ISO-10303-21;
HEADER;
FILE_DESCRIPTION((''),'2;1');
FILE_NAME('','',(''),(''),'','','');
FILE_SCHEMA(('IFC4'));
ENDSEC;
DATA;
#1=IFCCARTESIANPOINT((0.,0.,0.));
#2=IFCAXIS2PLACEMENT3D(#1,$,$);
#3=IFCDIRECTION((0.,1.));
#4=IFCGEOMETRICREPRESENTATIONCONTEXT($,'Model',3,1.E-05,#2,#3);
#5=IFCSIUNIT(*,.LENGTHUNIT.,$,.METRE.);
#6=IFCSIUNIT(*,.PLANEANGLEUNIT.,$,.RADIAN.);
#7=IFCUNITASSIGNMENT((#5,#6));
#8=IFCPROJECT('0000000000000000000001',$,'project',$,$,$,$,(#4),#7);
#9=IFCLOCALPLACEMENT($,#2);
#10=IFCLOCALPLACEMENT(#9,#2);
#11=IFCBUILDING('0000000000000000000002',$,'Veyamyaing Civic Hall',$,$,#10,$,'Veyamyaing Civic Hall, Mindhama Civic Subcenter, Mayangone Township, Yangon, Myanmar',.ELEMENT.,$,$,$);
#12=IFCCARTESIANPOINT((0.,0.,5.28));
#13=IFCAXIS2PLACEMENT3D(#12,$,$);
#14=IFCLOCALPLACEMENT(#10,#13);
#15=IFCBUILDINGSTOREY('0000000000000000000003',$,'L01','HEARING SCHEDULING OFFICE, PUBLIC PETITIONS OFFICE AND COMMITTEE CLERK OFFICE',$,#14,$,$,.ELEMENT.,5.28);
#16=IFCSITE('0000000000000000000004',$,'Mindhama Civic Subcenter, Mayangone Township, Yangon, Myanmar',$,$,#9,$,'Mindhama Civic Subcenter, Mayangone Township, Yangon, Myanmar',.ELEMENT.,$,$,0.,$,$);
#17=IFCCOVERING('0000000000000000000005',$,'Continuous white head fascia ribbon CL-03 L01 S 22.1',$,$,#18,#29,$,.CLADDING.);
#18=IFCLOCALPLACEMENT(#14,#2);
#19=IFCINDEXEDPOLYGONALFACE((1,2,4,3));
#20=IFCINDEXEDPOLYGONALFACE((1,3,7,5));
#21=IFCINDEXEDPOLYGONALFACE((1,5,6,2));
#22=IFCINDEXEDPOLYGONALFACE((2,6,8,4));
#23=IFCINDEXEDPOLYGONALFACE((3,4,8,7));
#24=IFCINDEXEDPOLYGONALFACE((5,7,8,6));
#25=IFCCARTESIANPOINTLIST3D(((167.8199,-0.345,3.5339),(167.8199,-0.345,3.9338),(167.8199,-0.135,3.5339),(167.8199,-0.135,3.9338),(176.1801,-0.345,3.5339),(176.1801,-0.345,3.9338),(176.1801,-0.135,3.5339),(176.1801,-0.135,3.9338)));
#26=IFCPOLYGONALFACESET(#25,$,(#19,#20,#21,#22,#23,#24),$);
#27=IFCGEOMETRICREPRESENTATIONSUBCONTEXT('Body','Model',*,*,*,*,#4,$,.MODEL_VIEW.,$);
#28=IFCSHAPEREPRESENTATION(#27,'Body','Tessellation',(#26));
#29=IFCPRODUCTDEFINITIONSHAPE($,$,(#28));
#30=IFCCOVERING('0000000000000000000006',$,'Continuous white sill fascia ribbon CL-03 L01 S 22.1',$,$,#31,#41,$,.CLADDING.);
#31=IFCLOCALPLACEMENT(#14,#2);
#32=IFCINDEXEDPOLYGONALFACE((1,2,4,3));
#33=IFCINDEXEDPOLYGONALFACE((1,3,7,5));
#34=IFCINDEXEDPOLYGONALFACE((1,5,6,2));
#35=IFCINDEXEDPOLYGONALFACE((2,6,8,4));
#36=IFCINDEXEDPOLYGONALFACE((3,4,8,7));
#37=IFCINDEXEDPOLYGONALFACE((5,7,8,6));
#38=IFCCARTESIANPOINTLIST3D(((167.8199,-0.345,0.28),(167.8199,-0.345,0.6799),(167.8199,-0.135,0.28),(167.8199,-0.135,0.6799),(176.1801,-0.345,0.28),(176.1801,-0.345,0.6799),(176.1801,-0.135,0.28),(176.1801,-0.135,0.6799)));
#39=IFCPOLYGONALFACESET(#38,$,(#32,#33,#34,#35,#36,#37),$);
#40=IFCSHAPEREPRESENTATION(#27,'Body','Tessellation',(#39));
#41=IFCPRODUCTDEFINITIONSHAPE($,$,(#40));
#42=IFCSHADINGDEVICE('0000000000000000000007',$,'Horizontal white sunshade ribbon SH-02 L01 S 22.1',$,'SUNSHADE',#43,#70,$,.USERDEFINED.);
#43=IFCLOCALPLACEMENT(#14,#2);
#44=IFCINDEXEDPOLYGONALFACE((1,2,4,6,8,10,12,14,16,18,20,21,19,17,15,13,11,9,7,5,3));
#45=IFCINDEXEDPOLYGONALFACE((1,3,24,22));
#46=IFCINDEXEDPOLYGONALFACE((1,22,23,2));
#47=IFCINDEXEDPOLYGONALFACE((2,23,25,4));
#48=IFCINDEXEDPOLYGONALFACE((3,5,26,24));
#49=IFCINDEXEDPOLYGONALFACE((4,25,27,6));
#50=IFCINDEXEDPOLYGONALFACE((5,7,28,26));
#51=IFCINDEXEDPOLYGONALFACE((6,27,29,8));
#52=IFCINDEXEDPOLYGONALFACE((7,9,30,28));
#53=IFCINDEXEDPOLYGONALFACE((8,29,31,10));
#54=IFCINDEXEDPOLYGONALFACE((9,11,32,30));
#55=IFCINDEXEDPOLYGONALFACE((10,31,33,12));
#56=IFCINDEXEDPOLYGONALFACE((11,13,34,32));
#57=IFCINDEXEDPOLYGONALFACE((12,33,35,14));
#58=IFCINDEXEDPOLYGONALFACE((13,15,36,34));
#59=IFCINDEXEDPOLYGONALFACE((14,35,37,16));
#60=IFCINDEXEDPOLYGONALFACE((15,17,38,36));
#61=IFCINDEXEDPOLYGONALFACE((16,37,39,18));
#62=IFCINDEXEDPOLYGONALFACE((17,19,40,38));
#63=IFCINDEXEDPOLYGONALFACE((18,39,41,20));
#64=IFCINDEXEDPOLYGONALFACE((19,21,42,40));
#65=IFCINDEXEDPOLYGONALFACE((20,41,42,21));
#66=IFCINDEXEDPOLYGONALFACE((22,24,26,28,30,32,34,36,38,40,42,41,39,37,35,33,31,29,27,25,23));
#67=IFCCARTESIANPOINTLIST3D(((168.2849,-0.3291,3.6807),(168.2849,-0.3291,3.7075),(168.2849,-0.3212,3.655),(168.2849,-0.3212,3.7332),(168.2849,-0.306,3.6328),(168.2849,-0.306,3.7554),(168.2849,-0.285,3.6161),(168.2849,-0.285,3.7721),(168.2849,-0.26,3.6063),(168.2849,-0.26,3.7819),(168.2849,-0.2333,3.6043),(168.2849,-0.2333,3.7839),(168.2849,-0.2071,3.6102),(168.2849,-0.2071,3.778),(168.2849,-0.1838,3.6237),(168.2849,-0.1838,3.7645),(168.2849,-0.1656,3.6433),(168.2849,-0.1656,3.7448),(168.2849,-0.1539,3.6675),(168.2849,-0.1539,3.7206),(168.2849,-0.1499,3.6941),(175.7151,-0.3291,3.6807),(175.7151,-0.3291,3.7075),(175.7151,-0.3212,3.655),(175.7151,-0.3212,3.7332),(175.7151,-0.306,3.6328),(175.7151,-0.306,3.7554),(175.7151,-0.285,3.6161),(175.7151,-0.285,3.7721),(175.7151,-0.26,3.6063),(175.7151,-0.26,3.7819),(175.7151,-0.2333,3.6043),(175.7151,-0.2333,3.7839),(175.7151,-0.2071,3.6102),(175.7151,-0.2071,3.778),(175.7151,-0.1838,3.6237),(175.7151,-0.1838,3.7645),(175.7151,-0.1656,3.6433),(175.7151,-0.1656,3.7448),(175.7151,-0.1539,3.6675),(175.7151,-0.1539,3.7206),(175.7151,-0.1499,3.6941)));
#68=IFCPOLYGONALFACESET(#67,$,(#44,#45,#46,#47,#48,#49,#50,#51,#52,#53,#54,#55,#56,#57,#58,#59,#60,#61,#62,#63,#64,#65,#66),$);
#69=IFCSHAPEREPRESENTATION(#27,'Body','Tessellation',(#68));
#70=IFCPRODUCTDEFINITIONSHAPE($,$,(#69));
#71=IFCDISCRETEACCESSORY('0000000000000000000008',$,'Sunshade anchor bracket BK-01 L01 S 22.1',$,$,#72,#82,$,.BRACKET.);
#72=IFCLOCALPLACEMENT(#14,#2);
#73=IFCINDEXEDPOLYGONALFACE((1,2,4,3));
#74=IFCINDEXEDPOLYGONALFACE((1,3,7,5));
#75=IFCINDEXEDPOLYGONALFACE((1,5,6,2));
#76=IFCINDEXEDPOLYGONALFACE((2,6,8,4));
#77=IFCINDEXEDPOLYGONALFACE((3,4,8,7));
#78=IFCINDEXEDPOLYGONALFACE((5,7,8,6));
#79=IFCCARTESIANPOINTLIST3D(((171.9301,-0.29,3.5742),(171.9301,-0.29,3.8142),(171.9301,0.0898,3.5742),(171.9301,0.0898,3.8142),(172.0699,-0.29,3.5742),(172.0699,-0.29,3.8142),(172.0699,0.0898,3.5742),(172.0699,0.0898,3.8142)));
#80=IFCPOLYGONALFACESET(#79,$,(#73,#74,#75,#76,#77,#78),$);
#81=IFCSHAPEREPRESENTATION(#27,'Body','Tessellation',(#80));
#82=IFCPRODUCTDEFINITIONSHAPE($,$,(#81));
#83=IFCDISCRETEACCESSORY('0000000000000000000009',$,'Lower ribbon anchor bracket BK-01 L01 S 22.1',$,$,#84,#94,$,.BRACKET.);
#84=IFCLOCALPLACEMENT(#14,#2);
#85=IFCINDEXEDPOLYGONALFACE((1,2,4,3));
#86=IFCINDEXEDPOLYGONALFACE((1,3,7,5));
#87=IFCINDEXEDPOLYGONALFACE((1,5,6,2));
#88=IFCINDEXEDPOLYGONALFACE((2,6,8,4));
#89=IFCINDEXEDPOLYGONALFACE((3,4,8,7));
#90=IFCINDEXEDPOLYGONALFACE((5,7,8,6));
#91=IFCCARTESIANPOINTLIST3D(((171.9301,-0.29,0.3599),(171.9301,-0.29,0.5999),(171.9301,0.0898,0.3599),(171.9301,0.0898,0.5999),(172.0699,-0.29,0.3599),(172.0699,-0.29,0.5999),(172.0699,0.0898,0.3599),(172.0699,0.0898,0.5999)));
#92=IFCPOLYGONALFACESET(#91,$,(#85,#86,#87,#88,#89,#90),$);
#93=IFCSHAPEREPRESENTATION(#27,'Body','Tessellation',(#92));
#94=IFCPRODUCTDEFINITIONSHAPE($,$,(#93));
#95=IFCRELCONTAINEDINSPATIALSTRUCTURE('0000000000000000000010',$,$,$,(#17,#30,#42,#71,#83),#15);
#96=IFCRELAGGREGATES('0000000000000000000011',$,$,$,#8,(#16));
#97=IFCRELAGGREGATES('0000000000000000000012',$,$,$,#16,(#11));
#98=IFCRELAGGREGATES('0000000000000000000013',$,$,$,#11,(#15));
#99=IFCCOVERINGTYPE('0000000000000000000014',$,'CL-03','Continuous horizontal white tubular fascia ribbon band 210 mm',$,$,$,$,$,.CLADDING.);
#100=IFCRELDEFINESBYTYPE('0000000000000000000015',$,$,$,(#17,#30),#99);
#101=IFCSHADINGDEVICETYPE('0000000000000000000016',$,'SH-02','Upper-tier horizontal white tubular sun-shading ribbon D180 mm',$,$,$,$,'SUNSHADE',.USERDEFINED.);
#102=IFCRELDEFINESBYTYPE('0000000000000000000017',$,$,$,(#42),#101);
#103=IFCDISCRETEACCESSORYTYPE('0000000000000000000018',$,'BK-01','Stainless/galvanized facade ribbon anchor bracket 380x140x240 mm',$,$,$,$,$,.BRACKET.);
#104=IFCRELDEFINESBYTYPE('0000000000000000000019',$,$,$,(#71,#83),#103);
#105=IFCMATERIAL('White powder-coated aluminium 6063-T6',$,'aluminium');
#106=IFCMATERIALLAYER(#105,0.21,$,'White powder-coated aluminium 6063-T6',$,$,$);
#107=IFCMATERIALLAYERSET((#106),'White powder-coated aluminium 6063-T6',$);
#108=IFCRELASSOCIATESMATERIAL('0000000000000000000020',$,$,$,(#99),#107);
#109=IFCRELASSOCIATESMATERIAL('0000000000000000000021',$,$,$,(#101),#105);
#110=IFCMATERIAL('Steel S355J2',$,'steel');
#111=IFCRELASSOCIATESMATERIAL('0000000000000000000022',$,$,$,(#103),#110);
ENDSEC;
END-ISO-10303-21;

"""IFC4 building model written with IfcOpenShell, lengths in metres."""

from ifc_helpers import new_model, si_unit, direction, frame, origin, origin_2d, place, context, subcontext, project, spatial, rectangle, circle, extrude, material, layer, layer_set, material_profile, profile_set, type_object, element, save


model = new_model("IFC4")

# Units and contexts
model_context = context("Model", 3, precision=1e-05, world=origin(), true_north=direction((0.0, 1.0)))
body_context = subcontext(model_context, "Body", "Model", "MODEL_VIEW")
ifc_project = project(units=[si_unit("LENGTHUNIT", "METRE"), si_unit("PLANEANGLEUNIT", "RADIAN")], contexts=[model_context])

# Site, building, storey
site_placement = place(None, origin())
site = spatial("IfcSite", under=ifc_project, at=site_placement, Name="Mindhama Civic Subcenter, Mayangone Township, Yangon, Myanmar", LongName="Mindhama Civic Subcenter, Mayangone Township, Yangon, Myanmar", CompositionType="ELEMENT", RefElevation=0.0)
building_placement = place(site_placement, origin())
building = spatial("IfcBuilding", under=site, at=building_placement, Name="Veyamyaing Civic Hall", LongName="Veyamyaing Civic Hall, Mindhama Civic Subcenter, Mayangone Township, Yangon, Myanmar", CompositionType="ELEMENT")
storey_placement = place(building_placement, frame((0.0, 0.0, 5.28)))
storey = spatial("IfcBuildingStorey", under=building, at=storey_placement, Name="L01", Description="HEARING SCHEDULING OFFICE, PUBLIC PETITIONS OFFICE AND COMMITTEE CLERK OFFICE", CompositionType="ELEMENT", Elevation=5.28)

# Coverings
ifc_material_1 = material(Name="White powder-coated aluminium 6063-T6", Category="aluminium")
ifc_layer_1 = layer(ifc_material_1, 0.21, Name="White powder-coated aluminium 6063-T6")
ifc_layer_set_1 = layer_set([ifc_layer_1], Name="White powder-coated aluminium 6063-T6")
covering_type_1 = type_object("IfcCoveringType", Name="CL-03", Description="Continuous horizontal white tubular fascia ribbon band 210 mm", PredefinedType="CLADDING", material=ifc_layer_set_1)
for number, where, z_axis, x_axis, name in (
    (1, (172.0, -0.24, 3.5339), (0.0, 0.0, 1.0), (1.0, 0.0, 0.0), "Continuous white head fascia ribbon CL-03 L01 S 22.1"),
    (2, (172.0, -0.24, 0.28), (0.0, 0.0, 1.0), (1.0, 0.0, 0.0), "Continuous white sill fascia ribbon CL-03 L01 S 22.1"),
):
    element("IfcCovering", number, at=place(storey_placement, frame(where, z_axis=z_axis, x_axis=x_axis)), inside=storey, type_object=covering_type_1, Name=name, PredefinedType="CLADDING", context=body_context, shape_type="SweptSolid", body=[
        extrude(rectangle(XDim=8.3601, YDim=0.21, at=origin_2d()), origin(), (0.0, 0.0, 1.0), 0.3999),
    ])

# Shading device
ifc_material_profile_1 = material_profile(ifc_material_1, circle(Radius=0.0901, at=origin_2d()), Name="SHADE-TUBE-180")
ifc_profile_set_1 = profile_set([ifc_material_profile_1], Name="White powder-coated aluminium 6063-T6")
shading_device_type = type_object("IfcShadingDeviceType", Name="SH-02", Description="Upper-tier horizontal white tubular sun-shading ribbon D180 mm", ElementType="SUNSHADE", PredefinedType="USERDEFINED", material=ifc_profile_set_1)
shading_device_placement = place(storey_placement, frame((168.2849, -0.24, 3.6941), z_axis=(1.0, 0.0, 0.0), x_axis=(0.0, 1.0, 0.0)))
element("IfcShadingDevice", 3, at=shading_device_placement, inside=storey, type_object=shading_device_type, Name="Horizontal white sunshade ribbon SH-02 L01 S 22.1", ObjectType="SUNSHADE", PredefinedType="USERDEFINED", context=body_context, shape_type="SweptSolid", body=[
    extrude(circle(Radius=0.0901, at=origin_2d()), origin(), (0.0, 0.0, 1.0), 7.4302),
])

# Discrete accessories
ifc_material_2 = material(Name="Steel S355J2", Category="steel")
discrete_accessory_type = type_object("IfcDiscreteAccessoryType", Name="BK-01", Description="Stainless/galvanized facade ribbon anchor bracket 380x140x240 mm", PredefinedType="BRACKET", material=ifc_material_2)
for number, where, z_axis, x_axis, name in (
    (4, (172.0, -0.1001, 3.5742), (0.0, 0.0, 1.0), (0.0, -1.0, 0.0), "Sunshade anchor bracket BK-01 L01 S 22.1"),
    (5, (172.0, -0.1001, 0.3599), (0.0, 0.0, 1.0), (0.0, -1.0, 0.0), "Lower ribbon anchor bracket BK-01 L01 S 22.1"),
):
    element("IfcDiscreteAccessory", number, at=place(storey_placement, frame(where, z_axis=z_axis, x_axis=x_axis)), inside=storey, type_object=discrete_accessory_type, Name=name, PredefinedType="BRACKET", context=body_context, shape_type="SweptSolid", body=[
        extrude(rectangle(XDim=0.3799, YDim=0.1399, at=origin_2d()), origin(), (0.0, 0.0, 1.0), 0.24),
    ])

save(model, "model.ifc")
